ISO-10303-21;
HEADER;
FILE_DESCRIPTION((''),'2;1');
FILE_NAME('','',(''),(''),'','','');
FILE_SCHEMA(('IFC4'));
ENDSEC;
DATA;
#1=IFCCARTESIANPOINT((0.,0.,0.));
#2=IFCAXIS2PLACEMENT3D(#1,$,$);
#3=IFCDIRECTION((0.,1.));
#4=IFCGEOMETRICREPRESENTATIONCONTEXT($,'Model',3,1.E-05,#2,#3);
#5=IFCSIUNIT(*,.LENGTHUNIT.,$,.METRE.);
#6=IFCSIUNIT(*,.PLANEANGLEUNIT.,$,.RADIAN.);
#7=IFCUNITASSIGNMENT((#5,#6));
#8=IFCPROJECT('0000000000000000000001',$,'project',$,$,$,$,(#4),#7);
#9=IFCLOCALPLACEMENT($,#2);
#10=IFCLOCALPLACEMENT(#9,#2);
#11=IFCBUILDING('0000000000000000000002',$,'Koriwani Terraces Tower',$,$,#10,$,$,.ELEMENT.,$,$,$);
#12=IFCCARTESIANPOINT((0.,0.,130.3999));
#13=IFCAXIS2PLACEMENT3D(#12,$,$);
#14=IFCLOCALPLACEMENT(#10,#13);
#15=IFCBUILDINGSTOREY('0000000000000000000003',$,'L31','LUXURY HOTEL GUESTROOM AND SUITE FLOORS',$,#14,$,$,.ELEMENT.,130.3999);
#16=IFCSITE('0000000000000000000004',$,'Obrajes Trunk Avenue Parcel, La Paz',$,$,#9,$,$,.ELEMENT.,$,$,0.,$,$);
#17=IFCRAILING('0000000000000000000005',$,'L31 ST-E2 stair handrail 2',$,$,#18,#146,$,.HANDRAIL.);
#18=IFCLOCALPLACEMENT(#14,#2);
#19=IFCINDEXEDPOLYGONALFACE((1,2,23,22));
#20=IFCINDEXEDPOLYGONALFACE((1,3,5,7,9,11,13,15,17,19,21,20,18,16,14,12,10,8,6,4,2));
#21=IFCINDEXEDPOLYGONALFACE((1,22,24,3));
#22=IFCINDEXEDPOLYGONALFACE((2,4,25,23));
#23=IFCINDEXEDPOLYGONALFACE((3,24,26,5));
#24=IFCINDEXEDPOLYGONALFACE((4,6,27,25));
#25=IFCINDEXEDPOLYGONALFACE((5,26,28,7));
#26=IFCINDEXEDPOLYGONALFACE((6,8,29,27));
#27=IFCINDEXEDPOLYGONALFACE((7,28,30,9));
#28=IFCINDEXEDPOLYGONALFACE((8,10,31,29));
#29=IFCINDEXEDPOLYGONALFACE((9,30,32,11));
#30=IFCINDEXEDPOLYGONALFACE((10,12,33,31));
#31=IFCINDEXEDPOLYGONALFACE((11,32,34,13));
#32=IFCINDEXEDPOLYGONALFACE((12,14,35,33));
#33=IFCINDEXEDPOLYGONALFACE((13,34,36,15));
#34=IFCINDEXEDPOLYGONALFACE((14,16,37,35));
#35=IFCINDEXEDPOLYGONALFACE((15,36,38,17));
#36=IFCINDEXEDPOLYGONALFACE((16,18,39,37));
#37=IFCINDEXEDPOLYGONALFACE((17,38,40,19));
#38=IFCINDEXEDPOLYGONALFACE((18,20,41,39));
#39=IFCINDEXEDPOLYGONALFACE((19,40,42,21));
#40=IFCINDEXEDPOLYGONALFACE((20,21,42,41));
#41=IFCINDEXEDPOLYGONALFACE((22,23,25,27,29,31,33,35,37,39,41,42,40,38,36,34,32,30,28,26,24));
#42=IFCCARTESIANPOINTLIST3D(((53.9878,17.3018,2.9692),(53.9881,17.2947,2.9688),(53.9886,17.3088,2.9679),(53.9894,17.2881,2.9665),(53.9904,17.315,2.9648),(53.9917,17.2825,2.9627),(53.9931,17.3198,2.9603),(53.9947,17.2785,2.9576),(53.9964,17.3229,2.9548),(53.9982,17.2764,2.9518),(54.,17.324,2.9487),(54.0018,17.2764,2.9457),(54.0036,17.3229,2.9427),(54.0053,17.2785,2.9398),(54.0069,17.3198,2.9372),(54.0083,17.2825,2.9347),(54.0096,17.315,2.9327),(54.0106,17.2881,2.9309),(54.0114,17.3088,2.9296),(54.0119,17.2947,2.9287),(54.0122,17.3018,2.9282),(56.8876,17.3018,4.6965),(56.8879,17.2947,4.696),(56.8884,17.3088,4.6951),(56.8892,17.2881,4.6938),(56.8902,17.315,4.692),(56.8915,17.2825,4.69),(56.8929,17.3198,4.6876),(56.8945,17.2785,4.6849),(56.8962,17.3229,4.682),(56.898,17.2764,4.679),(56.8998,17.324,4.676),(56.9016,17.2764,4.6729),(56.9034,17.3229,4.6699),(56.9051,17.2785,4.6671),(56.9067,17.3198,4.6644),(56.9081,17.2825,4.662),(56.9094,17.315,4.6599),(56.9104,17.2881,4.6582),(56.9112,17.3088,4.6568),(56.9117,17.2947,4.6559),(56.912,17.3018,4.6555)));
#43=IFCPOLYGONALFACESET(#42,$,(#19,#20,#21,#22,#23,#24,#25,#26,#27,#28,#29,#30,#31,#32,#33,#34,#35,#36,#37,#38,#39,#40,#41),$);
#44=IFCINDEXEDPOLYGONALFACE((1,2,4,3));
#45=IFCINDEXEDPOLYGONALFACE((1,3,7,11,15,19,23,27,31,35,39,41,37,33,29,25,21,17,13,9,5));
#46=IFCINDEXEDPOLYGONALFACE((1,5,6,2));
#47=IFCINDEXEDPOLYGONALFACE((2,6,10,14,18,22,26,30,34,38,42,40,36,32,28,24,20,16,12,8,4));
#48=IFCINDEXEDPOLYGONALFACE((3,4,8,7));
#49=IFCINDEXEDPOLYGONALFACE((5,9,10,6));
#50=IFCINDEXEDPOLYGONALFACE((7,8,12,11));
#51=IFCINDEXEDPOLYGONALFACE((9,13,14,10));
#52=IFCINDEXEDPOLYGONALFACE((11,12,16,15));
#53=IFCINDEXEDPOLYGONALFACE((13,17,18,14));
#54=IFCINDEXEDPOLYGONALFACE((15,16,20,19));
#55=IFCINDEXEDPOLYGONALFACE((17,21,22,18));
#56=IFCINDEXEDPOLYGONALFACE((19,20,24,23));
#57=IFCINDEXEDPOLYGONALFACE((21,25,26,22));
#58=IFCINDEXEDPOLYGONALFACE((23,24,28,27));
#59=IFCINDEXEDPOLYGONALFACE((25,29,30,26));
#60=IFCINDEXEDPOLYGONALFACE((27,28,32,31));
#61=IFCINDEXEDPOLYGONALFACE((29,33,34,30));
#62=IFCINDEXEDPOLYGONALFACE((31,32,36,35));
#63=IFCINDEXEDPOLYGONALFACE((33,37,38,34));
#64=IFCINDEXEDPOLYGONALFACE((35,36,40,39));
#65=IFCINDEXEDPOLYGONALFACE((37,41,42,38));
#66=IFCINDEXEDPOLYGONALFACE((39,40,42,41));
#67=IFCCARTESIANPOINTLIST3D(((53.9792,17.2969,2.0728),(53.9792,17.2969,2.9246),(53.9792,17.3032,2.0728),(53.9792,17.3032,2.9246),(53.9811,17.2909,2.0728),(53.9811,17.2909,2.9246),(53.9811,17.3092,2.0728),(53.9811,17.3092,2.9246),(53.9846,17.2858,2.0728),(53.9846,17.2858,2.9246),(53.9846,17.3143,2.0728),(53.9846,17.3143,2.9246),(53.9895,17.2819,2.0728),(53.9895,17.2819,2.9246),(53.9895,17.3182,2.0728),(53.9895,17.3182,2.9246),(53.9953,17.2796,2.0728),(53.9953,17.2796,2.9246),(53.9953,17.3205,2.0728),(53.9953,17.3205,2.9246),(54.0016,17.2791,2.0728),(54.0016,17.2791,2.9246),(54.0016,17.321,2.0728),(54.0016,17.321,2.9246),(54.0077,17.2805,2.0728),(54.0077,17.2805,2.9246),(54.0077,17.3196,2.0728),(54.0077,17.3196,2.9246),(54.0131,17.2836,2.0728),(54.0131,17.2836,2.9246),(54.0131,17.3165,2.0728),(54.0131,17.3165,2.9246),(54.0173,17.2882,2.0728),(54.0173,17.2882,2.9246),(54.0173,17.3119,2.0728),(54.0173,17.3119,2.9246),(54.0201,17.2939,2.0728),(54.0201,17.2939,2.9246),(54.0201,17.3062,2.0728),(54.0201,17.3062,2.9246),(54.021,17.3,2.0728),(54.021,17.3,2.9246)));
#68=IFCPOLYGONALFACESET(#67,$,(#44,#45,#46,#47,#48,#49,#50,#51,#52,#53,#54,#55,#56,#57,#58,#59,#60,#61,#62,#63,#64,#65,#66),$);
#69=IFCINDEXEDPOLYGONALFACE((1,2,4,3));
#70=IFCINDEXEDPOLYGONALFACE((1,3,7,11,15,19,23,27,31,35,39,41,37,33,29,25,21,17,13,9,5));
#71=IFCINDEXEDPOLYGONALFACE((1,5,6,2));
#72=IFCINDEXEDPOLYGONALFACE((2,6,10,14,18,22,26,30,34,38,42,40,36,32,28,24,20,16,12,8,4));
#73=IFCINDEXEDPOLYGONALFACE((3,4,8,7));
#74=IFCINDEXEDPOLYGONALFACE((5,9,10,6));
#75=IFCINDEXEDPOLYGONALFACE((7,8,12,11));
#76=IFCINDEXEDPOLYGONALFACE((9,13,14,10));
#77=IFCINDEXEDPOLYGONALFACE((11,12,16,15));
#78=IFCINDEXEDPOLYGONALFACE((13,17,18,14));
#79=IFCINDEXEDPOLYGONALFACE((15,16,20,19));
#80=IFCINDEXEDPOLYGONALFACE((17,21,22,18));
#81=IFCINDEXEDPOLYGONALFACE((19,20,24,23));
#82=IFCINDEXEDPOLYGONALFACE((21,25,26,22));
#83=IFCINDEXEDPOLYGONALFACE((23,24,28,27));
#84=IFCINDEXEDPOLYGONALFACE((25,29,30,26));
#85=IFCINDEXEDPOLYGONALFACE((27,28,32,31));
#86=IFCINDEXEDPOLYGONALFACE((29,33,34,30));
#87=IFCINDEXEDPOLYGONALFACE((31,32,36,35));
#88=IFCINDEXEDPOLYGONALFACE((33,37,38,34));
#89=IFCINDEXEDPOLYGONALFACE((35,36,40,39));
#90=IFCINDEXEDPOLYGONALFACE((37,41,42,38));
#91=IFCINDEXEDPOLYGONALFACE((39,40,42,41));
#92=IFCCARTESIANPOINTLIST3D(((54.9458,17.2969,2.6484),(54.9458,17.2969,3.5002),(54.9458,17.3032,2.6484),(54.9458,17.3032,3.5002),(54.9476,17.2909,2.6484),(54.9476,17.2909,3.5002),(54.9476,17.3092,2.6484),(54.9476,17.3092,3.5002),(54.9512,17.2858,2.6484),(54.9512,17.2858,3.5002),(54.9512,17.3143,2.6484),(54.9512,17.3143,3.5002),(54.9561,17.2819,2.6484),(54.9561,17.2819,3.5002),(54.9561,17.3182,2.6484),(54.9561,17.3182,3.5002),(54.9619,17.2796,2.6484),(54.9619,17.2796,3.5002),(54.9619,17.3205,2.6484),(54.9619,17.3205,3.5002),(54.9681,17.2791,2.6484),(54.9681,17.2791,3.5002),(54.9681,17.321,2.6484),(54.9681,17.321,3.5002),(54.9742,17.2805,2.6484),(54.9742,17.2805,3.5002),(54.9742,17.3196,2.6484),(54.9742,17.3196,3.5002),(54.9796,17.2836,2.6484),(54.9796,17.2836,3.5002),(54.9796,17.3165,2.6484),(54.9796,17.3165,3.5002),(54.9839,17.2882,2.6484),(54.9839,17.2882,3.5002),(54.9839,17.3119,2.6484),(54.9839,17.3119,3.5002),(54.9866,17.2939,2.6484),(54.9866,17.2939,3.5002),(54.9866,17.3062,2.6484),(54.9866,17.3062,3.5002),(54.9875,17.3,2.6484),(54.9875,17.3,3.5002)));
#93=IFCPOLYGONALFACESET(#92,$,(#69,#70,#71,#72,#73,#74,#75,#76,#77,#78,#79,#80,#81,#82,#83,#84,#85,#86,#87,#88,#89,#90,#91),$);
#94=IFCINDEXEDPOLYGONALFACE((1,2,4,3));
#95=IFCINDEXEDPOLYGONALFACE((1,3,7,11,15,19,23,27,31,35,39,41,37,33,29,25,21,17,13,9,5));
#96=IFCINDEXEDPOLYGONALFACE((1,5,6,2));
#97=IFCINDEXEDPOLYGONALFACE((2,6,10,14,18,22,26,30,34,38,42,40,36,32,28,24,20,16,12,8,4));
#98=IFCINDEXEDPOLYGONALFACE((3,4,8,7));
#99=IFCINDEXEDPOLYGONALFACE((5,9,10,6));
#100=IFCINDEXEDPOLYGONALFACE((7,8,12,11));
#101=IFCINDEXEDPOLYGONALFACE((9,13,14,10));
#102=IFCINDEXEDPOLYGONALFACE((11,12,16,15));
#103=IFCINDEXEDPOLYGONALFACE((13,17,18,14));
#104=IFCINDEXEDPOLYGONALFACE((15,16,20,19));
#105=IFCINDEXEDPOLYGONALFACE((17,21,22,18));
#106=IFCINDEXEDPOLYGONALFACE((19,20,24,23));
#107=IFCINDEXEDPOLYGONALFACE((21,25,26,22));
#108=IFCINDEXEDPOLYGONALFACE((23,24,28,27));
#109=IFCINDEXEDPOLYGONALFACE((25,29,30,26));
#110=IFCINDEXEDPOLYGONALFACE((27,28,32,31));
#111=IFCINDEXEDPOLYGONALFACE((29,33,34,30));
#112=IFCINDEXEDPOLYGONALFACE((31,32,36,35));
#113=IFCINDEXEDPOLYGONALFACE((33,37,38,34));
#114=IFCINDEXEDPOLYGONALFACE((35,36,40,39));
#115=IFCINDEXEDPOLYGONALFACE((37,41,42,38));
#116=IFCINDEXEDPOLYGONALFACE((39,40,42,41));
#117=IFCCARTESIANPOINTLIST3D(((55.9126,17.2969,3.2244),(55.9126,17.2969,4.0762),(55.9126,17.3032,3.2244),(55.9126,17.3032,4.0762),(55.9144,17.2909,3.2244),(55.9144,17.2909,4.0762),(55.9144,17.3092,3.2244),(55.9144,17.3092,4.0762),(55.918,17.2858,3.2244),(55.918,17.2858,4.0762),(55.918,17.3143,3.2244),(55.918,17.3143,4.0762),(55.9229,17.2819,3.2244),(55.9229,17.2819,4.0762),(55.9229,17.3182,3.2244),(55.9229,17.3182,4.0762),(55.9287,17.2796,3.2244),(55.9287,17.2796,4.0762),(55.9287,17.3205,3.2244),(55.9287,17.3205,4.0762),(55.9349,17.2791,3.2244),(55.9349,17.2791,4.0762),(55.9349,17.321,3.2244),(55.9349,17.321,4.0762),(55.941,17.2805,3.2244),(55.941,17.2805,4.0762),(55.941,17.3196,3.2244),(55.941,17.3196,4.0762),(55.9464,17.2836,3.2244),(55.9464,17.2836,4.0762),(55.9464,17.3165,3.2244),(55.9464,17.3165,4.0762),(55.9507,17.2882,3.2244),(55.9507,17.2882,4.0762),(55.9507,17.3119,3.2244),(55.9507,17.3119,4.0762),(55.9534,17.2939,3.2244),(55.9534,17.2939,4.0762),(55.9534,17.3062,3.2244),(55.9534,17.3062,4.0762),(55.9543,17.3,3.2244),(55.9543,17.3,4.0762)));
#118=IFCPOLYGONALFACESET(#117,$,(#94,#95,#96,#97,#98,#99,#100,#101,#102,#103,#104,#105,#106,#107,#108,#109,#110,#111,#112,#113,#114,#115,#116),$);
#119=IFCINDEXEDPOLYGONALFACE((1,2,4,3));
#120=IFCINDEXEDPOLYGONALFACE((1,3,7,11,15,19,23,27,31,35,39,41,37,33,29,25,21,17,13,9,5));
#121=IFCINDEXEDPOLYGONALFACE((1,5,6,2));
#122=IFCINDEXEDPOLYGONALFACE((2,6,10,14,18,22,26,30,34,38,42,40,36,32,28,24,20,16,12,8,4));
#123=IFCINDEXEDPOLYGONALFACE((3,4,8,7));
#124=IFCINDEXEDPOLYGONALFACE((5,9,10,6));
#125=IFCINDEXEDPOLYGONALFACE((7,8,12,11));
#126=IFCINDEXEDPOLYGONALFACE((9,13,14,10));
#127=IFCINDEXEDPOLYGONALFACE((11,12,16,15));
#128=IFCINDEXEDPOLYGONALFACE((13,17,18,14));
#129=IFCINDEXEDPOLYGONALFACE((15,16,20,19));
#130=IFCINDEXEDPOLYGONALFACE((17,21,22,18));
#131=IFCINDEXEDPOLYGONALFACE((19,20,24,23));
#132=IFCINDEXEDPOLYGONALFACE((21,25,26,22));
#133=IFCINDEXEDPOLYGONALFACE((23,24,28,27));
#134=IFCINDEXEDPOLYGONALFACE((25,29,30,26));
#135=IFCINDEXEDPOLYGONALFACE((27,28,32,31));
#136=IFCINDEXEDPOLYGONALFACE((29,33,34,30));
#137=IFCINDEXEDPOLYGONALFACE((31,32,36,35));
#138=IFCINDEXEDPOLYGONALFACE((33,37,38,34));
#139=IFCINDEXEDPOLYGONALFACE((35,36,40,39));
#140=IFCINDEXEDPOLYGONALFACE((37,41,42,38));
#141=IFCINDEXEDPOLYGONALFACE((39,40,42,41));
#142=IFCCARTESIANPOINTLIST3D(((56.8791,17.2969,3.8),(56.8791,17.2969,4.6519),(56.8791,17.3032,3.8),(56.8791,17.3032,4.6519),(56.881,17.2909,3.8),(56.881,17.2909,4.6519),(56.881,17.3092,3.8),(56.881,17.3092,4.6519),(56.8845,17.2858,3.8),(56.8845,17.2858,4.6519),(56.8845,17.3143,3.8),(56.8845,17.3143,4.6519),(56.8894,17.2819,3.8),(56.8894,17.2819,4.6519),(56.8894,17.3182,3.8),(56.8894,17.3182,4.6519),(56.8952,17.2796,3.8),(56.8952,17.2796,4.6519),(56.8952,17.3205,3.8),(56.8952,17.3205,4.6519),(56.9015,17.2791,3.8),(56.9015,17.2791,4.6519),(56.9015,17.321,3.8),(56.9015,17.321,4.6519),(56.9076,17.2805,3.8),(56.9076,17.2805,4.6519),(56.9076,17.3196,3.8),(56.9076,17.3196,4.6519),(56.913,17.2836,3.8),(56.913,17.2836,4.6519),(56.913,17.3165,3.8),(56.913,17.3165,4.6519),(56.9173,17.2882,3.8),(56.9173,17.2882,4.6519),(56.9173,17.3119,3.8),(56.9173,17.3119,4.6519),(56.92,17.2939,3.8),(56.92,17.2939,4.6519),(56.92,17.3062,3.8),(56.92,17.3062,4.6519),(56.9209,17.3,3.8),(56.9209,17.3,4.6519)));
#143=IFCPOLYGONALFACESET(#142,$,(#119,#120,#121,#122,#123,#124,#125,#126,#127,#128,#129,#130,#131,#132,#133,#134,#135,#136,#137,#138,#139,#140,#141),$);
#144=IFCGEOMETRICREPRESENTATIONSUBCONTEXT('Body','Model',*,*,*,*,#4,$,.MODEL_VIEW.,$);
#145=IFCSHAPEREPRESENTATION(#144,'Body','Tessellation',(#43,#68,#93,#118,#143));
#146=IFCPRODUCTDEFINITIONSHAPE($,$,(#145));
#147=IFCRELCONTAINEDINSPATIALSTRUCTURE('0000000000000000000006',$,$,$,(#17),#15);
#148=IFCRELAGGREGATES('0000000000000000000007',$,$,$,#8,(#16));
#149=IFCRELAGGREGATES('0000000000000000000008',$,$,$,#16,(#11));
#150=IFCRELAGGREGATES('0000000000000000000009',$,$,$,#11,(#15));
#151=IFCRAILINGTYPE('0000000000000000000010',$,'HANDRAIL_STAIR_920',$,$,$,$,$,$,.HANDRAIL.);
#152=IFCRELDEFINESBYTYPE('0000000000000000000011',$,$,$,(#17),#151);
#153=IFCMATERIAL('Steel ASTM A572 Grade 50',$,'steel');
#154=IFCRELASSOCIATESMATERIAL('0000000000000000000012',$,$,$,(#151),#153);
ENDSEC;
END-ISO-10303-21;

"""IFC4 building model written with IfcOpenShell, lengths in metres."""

from ifc_helpers import new_model, si_unit, direction, frame, origin, origin_2d, place, context, subcontext, project, spatial, circle, extrude, material, type_object, element, save


model = new_model("IFC4")

# Units and contexts
model_context = context("Model", 3, precision=1e-05, world=origin(), true_north=direction((0.0, 1.0)))
body_context = subcontext(model_context, "Body", "Model", "MODEL_VIEW")
ifc_project = project(units=[si_unit("LENGTHUNIT", "METRE"), si_unit("PLANEANGLEUNIT", "RADIAN")], contexts=[model_context])

# Site, building, storey
site_placement = place(None, origin())
site = spatial("IfcSite", under=ifc_project, at=site_placement, Name="Obrajes Trunk Avenue Parcel, La Paz", CompositionType="ELEMENT", RefElevation=0.0)
building_placement = place(site_placement, origin())
building = spatial("IfcBuilding", under=site, at=building_placement, Name="Koriwani Terraces Tower", CompositionType="ELEMENT")
storey_placement = place(building_placement, frame((0.0, 0.0, 130.3999)))
storey = spatial("IfcBuildingStorey", under=building, at=storey_placement, Name="L31", Description="LUXURY HOTEL GUESTROOM AND SUITE FLOORS", CompositionType="ELEMENT", Elevation=130.3999)

# Shared definitions
ifc_material_1 = material(Name="Steel ASTM A572 Grade 50", Category="steel")

# Railing
railing_type_1 = type_object("IfcRailingType", Name="HANDRAIL_STAIR_920", PredefinedType="HANDRAIL", material=ifc_material_1)
railing_1_placement = place(storey_placement, frame((54.0, 17.3, 2.0728)))
element("IfcRailing", 1, at=railing_1_placement, inside=storey, type_object=railing_type_1, Name="L31 ST-E2 stair handrail 2", PredefinedType="HANDRAIL", context=body_context, shape_type="SweptSolid", body=[
    extrude(circle(Radius=0.0239, at=origin_2d()), frame((0.0, 0.0, 0.876), z_axis=(0.859141, 0.0, 0.511738), x_axis=(0.0, 1.0, 0.0)), (0.0, 0.0, 1.0), 3.3752),
    extrude(circle(Radius=0.021, at=origin_2d()), origin(), (0.0, 0.0, 1.0), 0.8518),
    extrude(circle(Radius=0.021, at=origin_2d()), frame((0.9666, 0.0, 0.5757)), (0.0, 0.0, 1.0), 0.8518),
    extrude(circle(Radius=0.021, at=origin_2d()), frame((1.9333, 0.0, 1.1516)), (0.0, 0.0, 1.0), 0.8518),
    extrude(circle(Radius=0.021, at=origin_2d()), frame((2.8999, 0.0, 1.7273)), (0.0, 0.0, 1.0), 0.8518),
])

save(model, "model.ifc")
